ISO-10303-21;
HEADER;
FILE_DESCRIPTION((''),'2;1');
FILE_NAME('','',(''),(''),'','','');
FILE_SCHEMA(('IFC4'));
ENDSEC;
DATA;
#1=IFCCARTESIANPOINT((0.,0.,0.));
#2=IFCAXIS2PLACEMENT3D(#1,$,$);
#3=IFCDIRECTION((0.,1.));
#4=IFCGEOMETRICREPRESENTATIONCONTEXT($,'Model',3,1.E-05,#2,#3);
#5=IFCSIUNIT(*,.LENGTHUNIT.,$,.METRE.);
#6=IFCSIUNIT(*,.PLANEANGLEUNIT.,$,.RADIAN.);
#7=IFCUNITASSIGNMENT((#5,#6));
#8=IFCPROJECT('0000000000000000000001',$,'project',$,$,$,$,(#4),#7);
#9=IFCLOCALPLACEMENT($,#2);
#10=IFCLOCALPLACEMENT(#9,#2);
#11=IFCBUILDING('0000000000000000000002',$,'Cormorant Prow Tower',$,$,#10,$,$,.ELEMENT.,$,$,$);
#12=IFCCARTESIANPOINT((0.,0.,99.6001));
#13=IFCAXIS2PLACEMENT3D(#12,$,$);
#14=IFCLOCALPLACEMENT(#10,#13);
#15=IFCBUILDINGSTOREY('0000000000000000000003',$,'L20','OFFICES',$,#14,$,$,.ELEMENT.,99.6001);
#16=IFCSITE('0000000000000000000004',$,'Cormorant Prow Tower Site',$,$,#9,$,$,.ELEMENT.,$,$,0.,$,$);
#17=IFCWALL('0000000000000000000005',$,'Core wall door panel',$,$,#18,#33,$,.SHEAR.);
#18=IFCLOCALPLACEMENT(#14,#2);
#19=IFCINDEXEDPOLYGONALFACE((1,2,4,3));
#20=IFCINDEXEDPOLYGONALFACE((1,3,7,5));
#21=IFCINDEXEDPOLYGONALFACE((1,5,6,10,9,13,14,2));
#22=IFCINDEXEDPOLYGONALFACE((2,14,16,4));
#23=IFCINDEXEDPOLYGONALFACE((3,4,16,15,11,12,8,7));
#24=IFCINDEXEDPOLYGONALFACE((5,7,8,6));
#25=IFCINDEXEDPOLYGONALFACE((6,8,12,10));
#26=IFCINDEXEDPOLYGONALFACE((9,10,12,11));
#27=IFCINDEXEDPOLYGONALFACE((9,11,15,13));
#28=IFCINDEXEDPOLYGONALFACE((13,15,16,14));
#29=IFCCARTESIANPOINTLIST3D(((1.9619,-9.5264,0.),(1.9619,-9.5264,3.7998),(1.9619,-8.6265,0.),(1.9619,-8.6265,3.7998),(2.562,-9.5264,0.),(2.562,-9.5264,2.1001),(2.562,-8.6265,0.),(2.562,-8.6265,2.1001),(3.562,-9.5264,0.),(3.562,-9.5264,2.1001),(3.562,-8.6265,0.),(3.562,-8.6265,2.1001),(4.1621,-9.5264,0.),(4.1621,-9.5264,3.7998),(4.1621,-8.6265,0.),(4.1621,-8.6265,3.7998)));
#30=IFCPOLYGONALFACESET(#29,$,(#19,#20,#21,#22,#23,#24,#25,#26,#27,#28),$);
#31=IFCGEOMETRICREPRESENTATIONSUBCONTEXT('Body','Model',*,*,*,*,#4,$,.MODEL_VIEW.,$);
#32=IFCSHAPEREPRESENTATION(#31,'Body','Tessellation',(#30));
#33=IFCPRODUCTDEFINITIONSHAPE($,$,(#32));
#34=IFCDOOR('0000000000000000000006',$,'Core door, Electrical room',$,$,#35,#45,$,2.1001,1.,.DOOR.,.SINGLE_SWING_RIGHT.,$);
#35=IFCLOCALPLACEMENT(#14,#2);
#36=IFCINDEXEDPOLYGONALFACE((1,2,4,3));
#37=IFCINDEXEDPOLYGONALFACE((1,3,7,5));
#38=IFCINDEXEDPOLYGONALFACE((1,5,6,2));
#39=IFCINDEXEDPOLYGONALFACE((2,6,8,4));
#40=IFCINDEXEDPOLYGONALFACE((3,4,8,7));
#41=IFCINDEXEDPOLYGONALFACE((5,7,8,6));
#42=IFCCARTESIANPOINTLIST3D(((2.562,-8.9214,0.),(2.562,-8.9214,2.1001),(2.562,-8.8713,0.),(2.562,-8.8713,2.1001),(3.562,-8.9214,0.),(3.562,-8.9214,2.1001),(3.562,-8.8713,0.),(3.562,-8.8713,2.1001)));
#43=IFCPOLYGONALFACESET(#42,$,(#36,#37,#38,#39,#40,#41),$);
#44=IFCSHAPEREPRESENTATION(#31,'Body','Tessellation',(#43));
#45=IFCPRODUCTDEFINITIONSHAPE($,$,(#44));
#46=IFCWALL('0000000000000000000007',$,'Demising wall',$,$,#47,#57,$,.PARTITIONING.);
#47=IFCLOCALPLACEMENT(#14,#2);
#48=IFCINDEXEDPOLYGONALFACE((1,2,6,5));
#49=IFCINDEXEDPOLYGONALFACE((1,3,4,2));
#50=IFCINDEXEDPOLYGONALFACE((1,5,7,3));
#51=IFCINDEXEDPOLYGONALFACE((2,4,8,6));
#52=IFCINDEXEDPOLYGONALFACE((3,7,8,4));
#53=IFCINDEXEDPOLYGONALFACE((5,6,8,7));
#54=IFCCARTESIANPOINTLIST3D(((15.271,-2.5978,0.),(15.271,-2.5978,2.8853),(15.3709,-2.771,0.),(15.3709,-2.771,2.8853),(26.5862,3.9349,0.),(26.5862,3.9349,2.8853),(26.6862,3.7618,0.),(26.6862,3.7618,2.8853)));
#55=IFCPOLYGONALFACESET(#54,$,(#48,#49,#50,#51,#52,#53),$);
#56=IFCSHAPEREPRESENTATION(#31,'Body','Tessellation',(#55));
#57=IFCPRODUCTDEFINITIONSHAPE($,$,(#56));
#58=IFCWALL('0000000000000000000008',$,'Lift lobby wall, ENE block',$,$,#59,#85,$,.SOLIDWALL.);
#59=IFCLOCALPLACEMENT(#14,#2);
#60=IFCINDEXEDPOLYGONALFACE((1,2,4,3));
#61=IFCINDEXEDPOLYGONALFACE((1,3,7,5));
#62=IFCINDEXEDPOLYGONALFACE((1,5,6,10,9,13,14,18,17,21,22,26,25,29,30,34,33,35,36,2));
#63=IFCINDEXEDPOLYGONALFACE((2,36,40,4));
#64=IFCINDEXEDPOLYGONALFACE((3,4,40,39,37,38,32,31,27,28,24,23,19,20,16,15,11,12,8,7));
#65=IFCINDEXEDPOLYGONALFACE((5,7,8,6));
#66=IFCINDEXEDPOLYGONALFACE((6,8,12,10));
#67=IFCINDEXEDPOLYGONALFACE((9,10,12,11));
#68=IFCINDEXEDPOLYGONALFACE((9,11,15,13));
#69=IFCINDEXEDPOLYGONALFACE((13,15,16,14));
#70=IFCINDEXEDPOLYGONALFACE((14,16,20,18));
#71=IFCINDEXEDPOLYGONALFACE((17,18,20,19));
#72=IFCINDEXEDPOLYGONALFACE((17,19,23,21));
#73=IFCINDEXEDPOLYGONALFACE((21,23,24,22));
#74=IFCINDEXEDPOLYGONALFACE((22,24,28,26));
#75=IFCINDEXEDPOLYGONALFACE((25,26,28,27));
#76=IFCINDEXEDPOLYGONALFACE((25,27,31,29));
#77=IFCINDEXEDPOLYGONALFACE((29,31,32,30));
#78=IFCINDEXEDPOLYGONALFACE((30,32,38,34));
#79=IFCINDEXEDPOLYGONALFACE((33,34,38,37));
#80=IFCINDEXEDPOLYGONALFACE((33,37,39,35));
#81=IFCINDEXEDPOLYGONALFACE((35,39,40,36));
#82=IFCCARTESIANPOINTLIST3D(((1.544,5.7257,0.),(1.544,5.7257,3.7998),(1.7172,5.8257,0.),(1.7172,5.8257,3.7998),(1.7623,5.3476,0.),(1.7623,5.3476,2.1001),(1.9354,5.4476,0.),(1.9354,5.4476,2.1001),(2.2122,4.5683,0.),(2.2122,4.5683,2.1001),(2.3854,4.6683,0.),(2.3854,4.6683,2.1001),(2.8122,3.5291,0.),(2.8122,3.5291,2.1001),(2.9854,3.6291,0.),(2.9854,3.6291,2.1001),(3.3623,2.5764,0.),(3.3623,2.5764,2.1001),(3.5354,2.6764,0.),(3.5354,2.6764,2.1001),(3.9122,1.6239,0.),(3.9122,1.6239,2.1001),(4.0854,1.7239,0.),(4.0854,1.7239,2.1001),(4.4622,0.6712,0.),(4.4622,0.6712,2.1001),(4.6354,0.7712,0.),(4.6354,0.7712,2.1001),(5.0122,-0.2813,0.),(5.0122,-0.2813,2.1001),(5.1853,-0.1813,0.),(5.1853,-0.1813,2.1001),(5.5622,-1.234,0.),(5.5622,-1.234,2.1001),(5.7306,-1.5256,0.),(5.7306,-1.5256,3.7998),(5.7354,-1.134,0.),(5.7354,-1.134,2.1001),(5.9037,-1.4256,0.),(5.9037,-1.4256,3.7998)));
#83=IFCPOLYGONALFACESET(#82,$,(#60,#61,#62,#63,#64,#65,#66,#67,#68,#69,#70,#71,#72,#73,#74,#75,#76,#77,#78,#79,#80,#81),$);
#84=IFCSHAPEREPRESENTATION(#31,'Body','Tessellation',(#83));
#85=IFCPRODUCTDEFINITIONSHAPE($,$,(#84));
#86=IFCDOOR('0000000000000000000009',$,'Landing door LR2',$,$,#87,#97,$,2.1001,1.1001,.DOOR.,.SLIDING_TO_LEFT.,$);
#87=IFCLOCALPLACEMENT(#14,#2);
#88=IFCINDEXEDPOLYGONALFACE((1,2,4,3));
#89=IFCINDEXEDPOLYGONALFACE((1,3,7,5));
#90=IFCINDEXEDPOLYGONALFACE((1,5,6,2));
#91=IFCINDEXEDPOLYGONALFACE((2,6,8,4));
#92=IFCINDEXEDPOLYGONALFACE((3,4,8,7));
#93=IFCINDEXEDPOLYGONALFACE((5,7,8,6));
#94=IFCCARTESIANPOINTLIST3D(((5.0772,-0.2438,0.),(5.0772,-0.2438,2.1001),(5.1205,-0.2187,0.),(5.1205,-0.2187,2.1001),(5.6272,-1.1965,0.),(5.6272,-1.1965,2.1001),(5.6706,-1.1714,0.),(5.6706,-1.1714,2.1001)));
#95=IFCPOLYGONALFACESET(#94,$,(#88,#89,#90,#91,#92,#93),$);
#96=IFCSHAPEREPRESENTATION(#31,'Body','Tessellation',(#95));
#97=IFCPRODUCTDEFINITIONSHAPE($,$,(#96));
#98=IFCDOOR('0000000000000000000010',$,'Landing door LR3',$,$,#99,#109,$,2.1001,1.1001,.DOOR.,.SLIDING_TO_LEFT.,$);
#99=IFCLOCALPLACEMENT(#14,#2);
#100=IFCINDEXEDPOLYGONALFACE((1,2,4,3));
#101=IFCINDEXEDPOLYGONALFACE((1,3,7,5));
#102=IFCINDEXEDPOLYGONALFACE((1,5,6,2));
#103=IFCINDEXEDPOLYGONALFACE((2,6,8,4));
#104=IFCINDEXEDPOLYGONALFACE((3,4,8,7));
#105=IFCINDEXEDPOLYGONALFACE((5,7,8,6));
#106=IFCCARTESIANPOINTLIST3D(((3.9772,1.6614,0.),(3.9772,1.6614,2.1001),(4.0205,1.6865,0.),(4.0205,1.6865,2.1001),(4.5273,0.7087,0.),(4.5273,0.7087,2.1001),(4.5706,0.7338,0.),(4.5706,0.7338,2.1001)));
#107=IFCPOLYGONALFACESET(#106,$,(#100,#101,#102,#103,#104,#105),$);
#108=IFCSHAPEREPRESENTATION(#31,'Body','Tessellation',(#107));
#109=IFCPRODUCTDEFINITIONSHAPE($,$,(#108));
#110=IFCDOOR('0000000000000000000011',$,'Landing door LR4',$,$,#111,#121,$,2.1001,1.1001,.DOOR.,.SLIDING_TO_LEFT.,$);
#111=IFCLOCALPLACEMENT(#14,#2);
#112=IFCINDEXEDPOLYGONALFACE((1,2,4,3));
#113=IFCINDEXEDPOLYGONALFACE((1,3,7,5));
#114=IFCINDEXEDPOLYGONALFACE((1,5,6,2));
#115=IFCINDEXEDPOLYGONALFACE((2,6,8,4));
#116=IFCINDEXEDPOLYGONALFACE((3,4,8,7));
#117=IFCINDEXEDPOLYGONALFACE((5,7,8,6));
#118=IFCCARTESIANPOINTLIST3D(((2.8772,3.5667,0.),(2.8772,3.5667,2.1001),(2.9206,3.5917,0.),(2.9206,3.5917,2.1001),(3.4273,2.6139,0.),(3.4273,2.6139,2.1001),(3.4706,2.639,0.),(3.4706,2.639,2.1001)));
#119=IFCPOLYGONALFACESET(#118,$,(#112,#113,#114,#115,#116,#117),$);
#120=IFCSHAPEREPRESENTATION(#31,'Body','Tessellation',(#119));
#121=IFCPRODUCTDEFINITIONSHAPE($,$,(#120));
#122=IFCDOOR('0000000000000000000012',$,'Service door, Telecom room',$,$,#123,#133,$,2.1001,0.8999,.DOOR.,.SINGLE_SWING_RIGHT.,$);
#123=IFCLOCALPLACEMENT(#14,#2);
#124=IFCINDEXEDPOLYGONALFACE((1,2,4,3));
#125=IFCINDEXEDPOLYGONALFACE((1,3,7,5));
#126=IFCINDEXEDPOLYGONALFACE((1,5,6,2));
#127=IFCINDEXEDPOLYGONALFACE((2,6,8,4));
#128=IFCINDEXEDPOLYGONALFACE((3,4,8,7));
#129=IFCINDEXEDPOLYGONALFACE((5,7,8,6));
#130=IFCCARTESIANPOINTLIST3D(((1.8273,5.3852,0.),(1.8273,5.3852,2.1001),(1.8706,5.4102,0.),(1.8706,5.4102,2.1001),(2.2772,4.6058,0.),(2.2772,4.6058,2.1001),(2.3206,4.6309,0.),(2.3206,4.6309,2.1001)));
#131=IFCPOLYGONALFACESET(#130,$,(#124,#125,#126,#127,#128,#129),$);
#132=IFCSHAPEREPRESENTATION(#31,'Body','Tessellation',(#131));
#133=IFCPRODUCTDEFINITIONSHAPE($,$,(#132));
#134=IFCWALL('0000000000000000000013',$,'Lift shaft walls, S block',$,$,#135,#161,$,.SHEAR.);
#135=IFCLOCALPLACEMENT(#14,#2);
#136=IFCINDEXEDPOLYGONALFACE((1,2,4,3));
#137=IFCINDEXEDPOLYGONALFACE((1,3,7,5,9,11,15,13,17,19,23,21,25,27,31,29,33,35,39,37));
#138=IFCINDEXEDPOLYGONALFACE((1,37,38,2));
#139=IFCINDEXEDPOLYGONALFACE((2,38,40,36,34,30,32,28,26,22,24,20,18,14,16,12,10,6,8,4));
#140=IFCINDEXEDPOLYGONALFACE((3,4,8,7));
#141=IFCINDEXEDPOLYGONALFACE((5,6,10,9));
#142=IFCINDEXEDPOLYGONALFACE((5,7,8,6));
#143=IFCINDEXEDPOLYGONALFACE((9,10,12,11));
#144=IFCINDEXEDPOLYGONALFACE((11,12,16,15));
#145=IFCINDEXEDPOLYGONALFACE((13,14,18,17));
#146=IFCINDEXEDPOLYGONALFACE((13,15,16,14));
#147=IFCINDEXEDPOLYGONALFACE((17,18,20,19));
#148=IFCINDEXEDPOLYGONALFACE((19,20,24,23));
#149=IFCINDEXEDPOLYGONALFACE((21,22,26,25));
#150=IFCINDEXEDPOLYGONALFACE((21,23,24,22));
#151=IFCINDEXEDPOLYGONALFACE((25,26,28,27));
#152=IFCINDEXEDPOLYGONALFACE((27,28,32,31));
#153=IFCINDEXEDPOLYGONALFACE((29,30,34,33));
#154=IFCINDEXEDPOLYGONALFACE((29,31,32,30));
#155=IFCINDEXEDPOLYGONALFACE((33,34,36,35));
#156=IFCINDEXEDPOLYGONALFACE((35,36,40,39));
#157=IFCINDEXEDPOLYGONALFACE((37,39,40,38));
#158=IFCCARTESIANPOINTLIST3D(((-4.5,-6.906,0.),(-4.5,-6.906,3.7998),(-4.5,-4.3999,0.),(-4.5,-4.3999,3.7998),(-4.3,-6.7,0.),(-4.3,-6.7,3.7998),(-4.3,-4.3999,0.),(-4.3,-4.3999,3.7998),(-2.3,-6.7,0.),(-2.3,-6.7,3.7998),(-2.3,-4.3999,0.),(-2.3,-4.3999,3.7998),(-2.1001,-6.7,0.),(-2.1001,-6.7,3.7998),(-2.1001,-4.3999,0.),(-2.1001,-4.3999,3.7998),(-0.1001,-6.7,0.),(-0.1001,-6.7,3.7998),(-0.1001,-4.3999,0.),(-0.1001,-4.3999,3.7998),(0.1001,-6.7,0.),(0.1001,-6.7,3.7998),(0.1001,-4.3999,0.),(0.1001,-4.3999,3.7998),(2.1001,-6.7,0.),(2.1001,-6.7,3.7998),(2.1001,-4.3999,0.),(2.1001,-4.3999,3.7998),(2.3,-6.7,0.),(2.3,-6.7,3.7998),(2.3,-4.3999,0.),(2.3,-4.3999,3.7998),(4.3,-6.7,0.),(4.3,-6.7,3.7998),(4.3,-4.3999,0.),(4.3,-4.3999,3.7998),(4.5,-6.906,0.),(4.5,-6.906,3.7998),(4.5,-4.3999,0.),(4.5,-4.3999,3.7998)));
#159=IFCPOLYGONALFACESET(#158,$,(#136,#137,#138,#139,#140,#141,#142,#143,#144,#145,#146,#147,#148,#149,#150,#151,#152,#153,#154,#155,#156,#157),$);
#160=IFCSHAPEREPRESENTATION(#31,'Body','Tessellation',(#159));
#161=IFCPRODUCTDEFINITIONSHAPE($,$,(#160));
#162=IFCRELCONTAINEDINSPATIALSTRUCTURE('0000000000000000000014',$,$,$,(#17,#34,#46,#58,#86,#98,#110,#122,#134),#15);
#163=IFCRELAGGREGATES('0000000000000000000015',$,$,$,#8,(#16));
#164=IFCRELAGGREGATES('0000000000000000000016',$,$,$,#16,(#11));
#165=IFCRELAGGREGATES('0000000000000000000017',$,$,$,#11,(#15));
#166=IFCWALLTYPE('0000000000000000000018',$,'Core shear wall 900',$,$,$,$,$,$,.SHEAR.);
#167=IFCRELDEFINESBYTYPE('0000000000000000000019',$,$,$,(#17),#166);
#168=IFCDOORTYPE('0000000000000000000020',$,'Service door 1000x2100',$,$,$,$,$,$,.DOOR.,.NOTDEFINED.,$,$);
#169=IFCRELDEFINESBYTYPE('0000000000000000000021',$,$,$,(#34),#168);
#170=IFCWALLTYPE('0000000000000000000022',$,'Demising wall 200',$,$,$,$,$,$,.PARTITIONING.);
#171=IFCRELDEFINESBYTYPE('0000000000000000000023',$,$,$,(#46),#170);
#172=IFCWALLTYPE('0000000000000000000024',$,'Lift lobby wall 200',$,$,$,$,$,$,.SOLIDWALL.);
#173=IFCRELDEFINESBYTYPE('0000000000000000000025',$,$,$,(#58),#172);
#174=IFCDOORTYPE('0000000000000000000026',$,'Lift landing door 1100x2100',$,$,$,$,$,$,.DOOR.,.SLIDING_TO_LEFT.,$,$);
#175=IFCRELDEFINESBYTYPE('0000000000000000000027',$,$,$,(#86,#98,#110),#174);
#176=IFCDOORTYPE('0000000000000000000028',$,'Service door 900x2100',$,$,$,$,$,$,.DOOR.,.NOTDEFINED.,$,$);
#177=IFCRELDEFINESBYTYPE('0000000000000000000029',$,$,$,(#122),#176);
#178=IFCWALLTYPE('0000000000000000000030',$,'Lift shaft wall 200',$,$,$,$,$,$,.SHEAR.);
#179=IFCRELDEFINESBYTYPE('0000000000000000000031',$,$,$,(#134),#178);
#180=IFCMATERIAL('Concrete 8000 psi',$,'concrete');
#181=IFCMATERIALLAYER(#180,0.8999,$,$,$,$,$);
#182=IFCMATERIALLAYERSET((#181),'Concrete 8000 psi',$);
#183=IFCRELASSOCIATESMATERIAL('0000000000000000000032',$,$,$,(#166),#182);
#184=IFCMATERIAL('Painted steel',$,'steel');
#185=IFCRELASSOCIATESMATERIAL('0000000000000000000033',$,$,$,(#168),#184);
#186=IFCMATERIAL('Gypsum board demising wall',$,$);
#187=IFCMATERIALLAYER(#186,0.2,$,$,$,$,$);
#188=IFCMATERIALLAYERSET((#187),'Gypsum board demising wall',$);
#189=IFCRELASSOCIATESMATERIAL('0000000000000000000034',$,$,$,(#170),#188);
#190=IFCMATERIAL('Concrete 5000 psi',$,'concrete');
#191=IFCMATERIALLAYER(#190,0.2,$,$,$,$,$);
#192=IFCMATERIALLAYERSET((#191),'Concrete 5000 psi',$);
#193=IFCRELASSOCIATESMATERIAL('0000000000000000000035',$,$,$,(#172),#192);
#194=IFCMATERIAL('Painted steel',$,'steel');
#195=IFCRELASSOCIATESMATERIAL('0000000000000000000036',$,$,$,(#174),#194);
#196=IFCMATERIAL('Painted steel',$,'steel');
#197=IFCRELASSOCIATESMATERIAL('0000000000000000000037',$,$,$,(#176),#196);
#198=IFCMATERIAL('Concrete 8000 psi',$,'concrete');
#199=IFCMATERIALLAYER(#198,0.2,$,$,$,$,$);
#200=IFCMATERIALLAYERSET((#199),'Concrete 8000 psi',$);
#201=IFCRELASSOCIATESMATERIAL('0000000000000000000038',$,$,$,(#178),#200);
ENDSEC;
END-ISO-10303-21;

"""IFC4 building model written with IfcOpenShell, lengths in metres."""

from ifc_helpers import new_model, si_unit, direction, frame, frame_2d, origin, place, context, subcontext, project, spatial, polyline, rectangle, outline, extrude, material, layer, layer_set, type_object, element, fill, save


model = new_model("IFC4")

# Units and contexts
model_context = context("Model", 3, precision=1e-05, world=origin(), true_north=direction((0.0, 1.0)))
body_context = subcontext(model_context, "Body", "Model", "MODEL_VIEW")
ifc_project = project(units=[si_unit("LENGTHUNIT", "METRE"), si_unit("PLANEANGLEUNIT", "RADIAN")], contexts=[model_context])

# Site, building, storey
site_placement = place(None, origin())
site = spatial("IfcSite", under=ifc_project, at=site_placement, Name="Cormorant Prow Tower Site", CompositionType="ELEMENT", RefElevation=0.0)
building_placement = place(site_placement, origin())
building = spatial("IfcBuilding", under=site, at=building_placement, Name="Cormorant Prow Tower", CompositionType="ELEMENT")
storey_placement = place(building_placement, frame((0.0, 0.0, 99.6001)))
storey = spatial("IfcBuildingStorey", under=building, at=storey_placement, Name="L20", Description="OFFICES", CompositionType="ELEMENT", Elevation=99.6001)

# Shared definitions
ifc_material_1 = material(Name="Concrete 8000 psi", Category="concrete")
ifc_layer_1 = layer(ifc_material_1, 0.8999)
ifc_layer_set_1 = layer_set([ifc_layer_1], Name="Concrete 8000 psi")
wall_type_1 = type_object("IfcWallType", Name="Core shear wall 900", PredefinedType="SHEAR", material=ifc_layer_set_1)

# Wall, opening, door
ifc_material_2 = material(Name="Painted steel", Category="steel")
door_type_1 = type_object("IfcDoorType", Name="Service door 1000x2100", OperationType="NOTDEFINED", PredefinedType="DOOR", material=ifc_material_2)
wall_1_placement = place(storey_placement, frame((1.9619, -9.0764, 0.0), z_axis=(0.0, 0.0, 1.0), x_axis=(1.0, 0.0, 0.0)))
wall_1 = element("IfcWall", 1, at=wall_1_placement, inside=storey, type_object=wall_type_1, Name="Core wall door panel", PredefinedType="SHEAR", context=body_context, shape_type="SweptSolid", body=[
    extrude(rectangle(XDim=2.2002, YDim=0.8999, at=frame_2d((1.1001, 0.0))), origin(), (0.0, 0.0, 1.0), 3.7998),
])
opening_1_placement = place(wall_1_placement, frame((0.6001, 0.0, 0.0)))
opening_1 = element("IfcOpeningElement", 2, at=opening_1_placement, cuts=wall_1, PredefinedType="OPENING", context=body_context, shape_type="SweptSolid", body=[
    extrude(rectangle(XDim=1.0, YDim=2.1001, at=frame_2d((0.5, 1.05))), frame((0.0, 0.46, 0.0), z_axis=(0.0, -1.0, 0.0), x_axis=(1.0, 0.0, 0.0)), (0.0, 0.0, 1.0), 0.9199),
])
door_1_placement = place(opening_1_placement, origin())
door_1 = element("IfcDoor", 3, at=door_1_placement, inside=storey, type_object=door_type_1, Name="Core door, Electrical room", OperationType="SINGLE_SWING_RIGHT", OverallHeight=2.1001, OverallWidth=1.0, PredefinedType="DOOR", context=body_context, shape_type="SweptSolid", body=[
    extrude(rectangle(XDim=1.0, YDim=2.1001, at=frame_2d((0.5, 1.05))), frame((0.0, 0.2051, 0.0), z_axis=(0.0, -1.0, 0.0), x_axis=(1.0, 0.0, 0.0)), (0.0, 0.0, 1.0), 0.05),
])
fill(opening_1, door_1)

# Wall
ifc_material_3 = material(Name="Gypsum board demising wall")
ifc_layer_2 = layer(ifc_material_3, 0.2)
ifc_layer_set_2 = layer_set([ifc_layer_2], Name="Gypsum board demising wall")
wall_type_2 = type_object("IfcWallType", Name="Demising wall 200", PredefinedType="PARTITIONING", material=ifc_layer_set_2)
wall_2_placement = place(storey_placement, frame((15.321, -2.6843, 0.0), z_axis=(0.0, 0.0, 1.0), x_axis=(0.866029, 0.499994, 0.0)))
element("IfcWall", 4, at=wall_2_placement, inside=storey, type_object=wall_type_2, Name="Demising wall", PredefinedType="PARTITIONING", context=body_context, shape_type="SweptSolid", body=[
    extrude(rectangle(XDim=13.0657, YDim=0.2, at=frame_2d((6.5327, 0.0))), origin(), (0.0, 0.0, 1.0), 2.8853),
])

# Wall, openings, doors
ifc_material_4 = material(Name="Concrete 5000 psi", Category="concrete")
ifc_layer_3 = layer(ifc_material_4, 0.2)
ifc_layer_set_3 = layer_set([ifc_layer_3], Name="Concrete 5000 psi")
wall_type_3 = type_object("IfcWallType", Name="Lift lobby wall 200", PredefinedType="SOLIDWALL", material=ifc_layer_set_3)
wall_3_placement = place(storey_placement, frame((5.8171, -1.4756, 0.0), z_axis=(0.0, 0.0, 1.0), x_axis=(-0.500003, 0.866024, 0.0)))
wall_3 = element("IfcWall", 5, at=wall_3_placement, inside=storey, type_object=wall_type_3, Name="Lift lobby wall, ENE block", PredefinedType="SOLIDWALL", context=body_context, shape_type="SweptSolid", body=[
    extrude(rectangle(XDim=8.373, YDim=0.2, at=frame_2d((4.1865, 0.0))), origin(), (0.0, 0.0, 1.0), 3.7998),
])
opening_2_placement = place(wall_3_placement, frame((0.3367, 0.0, 0.0)))
opening_2 = element("IfcOpeningElement", 6, at=opening_2_placement, cuts=wall_3, PredefinedType="OPENING", context=body_context, shape_type="SweptSolid", body=[
    extrude(rectangle(XDim=1.1001, YDim=2.1001, at=frame_2d((0.55, 1.05))), frame((0.0, 0.1099, 0.0), z_axis=(0.0, -1.0, 0.0), x_axis=(1.0, 0.0, 0.0)), (0.0, 0.0, 1.0), 0.22),
])
opening_3_placement = place(wall_3_placement, frame((2.5366, 0.0, 0.0)))
opening_3 = element("IfcOpeningElement", 7, at=opening_3_placement, cuts=wall_3, PredefinedType="OPENING", context=body_context, shape_type="SweptSolid", body=[
    extrude(rectangle(XDim=1.1001, YDim=2.1001, at=frame_2d((0.55, 1.05))), frame((0.0, 0.1099, 0.0), z_axis=(0.0, -1.0, 0.0), x_axis=(1.0, 0.0, 0.0)), (0.0, 0.0, 1.0), 0.22),
])
opening_4_placement = place(wall_3_placement, frame((4.7366, 0.0, 0.0)))
opening_4 = element("IfcOpeningElement", 8, at=opening_4_placement, cuts=wall_3, PredefinedType="OPENING", context=body_context, shape_type="SweptSolid", body=[
    extrude(rectangle(XDim=1.1001, YDim=2.1001, at=frame_2d((0.55, 1.05))), frame((0.0, 0.1099, 0.0), z_axis=(0.0, -1.0, 0.0), x_axis=(1.0, 0.0, 0.0)), (0.0, 0.0, 1.0), 0.22),
])
opening_5_placement = place(wall_3_placement, frame((7.0366, 0.0, 0.0)))
opening_5 = element("IfcOpeningElement", 9, at=opening_5_placement, cuts=wall_3, PredefinedType="OPENING", context=body_context, shape_type="SweptSolid", body=[
    extrude(rectangle(XDim=0.8999, YDim=2.1001, at=frame_2d((0.45, 1.05))), frame((0.0, 0.1099, 0.0), z_axis=(0.0, -1.0, 0.0), x_axis=(1.0, 0.0, 0.0)), (0.0, 0.0, 1.0), 0.22),
])
ifc_material_5 = material(Name="Painted steel", Category="steel")
door_type_2 = type_object("IfcDoorType", Name="Lift landing door 1100x2100", OperationType="SLIDING_TO_LEFT", PredefinedType="DOOR", material=ifc_material_5)
door_2_placement = place(opening_2_placement, origin())
door_2 = element("IfcDoor", 10, at=door_2_placement, inside=storey, type_object=door_type_2, Name="Landing door LR2", OperationType="SLIDING_TO_LEFT", OverallHeight=2.1001, OverallWidth=1.1001, PredefinedType="DOOR", context=body_context, shape_type="SweptSolid", body=[
    extrude(rectangle(XDim=1.1001, YDim=2.1001, at=frame_2d((0.55, 1.05))), frame((0.0, 0.0249, 0.0), z_axis=(0.0, -1.0, 0.0), x_axis=(1.0, 0.0, 0.0)), (0.0, 0.0, 1.0), 0.05),
])
fill(opening_2, door_2)
door_3_placement = place(opening_3_placement, origin())
door_3 = element("IfcDoor", 11, at=door_3_placement, inside=storey, type_object=door_type_2, Name="Landing door LR3", OperationType="SLIDING_TO_LEFT", OverallHeight=2.1001, OverallWidth=1.1001, PredefinedType="DOOR", context=body_context, shape_type="SweptSolid", body=[
    extrude(rectangle(XDim=1.1001, YDim=2.1001, at=frame_2d((0.55, 1.05))), frame((0.0, 0.0249, 0.0), z_axis=(0.0, -1.0, 0.0), x_axis=(1.0, 0.0, 0.0)), (0.0, 0.0, 1.0), 0.05),
])
fill(opening_3, door_3)
door_4_placement = place(opening_4_placement, origin())
door_4 = element("IfcDoor", 12, at=door_4_placement, inside=storey, type_object=door_type_2, Name="Landing door LR4", OperationType="SLIDING_TO_LEFT", OverallHeight=2.1001, OverallWidth=1.1001, PredefinedType="DOOR", context=body_context, shape_type="SweptSolid", body=[
    extrude(rectangle(XDim=1.1001, YDim=2.1001, at=frame_2d((0.55, 1.05))), frame((0.0, 0.0249, 0.0), z_axis=(0.0, -1.0, 0.0), x_axis=(1.0, 0.0, 0.0)), (0.0, 0.0, 1.0), 0.05),
])
fill(opening_4, door_4)
ifc_material_6 = material(Name="Painted steel", Category="steel")
door_type_3 = type_object("IfcDoorType", Name="Service door 900x2100", OperationType="NOTDEFINED", PredefinedType="DOOR", material=ifc_material_6)
door_5_placement = place(opening_5_placement, origin())
door_5 = element("IfcDoor", 13, at=door_5_placement, inside=storey, type_object=door_type_3, Name="Service door, Telecom room", OperationType="SINGLE_SWING_RIGHT", OverallHeight=2.1001, OverallWidth=0.8999, PredefinedType="DOOR", context=body_context, shape_type="SweptSolid", body=[
    extrude(rectangle(XDim=0.8999, YDim=2.1001, at=frame_2d((0.45, 1.05))), frame((0.0, 0.0249, 0.0), z_axis=(0.0, -1.0, 0.0), x_axis=(1.0, 0.0, 0.0)), (0.0, 0.0, 1.0), 0.05),
])
fill(opening_5, door_5)

# Wall
ifc_material_7 = material(Name="Concrete 8000 psi", Category="concrete")
ifc_layer_4 = layer(ifc_material_7, 0.2)
ifc_layer_set_4 = layer_set([ifc_layer_4], Name="Concrete 8000 psi")
wall_type_4 = type_object("IfcWallType", Name="Lift shaft wall 200", PredefinedType="SHEAR", material=ifc_layer_set_4)
wall_4_placement = place(storey_placement, origin())
element("IfcWall", 14, at=wall_4_placement, inside=storey, type_object=wall_type_4, Name="Lift shaft walls, S block", PredefinedType="SHEAR", context=body_context, shape_type="SweptSolid", body=[
    extrude(outline(polyline([(4.5, -4.3999), (4.5, -6.906), (-4.5, -6.906), (-4.5, -4.3999), (-4.3, -4.3999), (-4.3, -6.7), (-2.3, -6.7), (-2.3, -4.3999), (-2.1001, -4.3999), (-2.1001, -6.7), (-0.1001, -6.7), (-0.1001, -4.3999), (0.1001, -4.3999), (0.1001, -6.7), (2.1001, -6.7), (2.1001, -4.3999), (2.3, -4.3999), (2.3, -6.7), (4.3, -6.7), (4.3, -4.3999), (4.5, -4.3999)])), origin(), (0.0, 0.0, 1.0), 3.7998),
])

save(model, "model.ifc")
